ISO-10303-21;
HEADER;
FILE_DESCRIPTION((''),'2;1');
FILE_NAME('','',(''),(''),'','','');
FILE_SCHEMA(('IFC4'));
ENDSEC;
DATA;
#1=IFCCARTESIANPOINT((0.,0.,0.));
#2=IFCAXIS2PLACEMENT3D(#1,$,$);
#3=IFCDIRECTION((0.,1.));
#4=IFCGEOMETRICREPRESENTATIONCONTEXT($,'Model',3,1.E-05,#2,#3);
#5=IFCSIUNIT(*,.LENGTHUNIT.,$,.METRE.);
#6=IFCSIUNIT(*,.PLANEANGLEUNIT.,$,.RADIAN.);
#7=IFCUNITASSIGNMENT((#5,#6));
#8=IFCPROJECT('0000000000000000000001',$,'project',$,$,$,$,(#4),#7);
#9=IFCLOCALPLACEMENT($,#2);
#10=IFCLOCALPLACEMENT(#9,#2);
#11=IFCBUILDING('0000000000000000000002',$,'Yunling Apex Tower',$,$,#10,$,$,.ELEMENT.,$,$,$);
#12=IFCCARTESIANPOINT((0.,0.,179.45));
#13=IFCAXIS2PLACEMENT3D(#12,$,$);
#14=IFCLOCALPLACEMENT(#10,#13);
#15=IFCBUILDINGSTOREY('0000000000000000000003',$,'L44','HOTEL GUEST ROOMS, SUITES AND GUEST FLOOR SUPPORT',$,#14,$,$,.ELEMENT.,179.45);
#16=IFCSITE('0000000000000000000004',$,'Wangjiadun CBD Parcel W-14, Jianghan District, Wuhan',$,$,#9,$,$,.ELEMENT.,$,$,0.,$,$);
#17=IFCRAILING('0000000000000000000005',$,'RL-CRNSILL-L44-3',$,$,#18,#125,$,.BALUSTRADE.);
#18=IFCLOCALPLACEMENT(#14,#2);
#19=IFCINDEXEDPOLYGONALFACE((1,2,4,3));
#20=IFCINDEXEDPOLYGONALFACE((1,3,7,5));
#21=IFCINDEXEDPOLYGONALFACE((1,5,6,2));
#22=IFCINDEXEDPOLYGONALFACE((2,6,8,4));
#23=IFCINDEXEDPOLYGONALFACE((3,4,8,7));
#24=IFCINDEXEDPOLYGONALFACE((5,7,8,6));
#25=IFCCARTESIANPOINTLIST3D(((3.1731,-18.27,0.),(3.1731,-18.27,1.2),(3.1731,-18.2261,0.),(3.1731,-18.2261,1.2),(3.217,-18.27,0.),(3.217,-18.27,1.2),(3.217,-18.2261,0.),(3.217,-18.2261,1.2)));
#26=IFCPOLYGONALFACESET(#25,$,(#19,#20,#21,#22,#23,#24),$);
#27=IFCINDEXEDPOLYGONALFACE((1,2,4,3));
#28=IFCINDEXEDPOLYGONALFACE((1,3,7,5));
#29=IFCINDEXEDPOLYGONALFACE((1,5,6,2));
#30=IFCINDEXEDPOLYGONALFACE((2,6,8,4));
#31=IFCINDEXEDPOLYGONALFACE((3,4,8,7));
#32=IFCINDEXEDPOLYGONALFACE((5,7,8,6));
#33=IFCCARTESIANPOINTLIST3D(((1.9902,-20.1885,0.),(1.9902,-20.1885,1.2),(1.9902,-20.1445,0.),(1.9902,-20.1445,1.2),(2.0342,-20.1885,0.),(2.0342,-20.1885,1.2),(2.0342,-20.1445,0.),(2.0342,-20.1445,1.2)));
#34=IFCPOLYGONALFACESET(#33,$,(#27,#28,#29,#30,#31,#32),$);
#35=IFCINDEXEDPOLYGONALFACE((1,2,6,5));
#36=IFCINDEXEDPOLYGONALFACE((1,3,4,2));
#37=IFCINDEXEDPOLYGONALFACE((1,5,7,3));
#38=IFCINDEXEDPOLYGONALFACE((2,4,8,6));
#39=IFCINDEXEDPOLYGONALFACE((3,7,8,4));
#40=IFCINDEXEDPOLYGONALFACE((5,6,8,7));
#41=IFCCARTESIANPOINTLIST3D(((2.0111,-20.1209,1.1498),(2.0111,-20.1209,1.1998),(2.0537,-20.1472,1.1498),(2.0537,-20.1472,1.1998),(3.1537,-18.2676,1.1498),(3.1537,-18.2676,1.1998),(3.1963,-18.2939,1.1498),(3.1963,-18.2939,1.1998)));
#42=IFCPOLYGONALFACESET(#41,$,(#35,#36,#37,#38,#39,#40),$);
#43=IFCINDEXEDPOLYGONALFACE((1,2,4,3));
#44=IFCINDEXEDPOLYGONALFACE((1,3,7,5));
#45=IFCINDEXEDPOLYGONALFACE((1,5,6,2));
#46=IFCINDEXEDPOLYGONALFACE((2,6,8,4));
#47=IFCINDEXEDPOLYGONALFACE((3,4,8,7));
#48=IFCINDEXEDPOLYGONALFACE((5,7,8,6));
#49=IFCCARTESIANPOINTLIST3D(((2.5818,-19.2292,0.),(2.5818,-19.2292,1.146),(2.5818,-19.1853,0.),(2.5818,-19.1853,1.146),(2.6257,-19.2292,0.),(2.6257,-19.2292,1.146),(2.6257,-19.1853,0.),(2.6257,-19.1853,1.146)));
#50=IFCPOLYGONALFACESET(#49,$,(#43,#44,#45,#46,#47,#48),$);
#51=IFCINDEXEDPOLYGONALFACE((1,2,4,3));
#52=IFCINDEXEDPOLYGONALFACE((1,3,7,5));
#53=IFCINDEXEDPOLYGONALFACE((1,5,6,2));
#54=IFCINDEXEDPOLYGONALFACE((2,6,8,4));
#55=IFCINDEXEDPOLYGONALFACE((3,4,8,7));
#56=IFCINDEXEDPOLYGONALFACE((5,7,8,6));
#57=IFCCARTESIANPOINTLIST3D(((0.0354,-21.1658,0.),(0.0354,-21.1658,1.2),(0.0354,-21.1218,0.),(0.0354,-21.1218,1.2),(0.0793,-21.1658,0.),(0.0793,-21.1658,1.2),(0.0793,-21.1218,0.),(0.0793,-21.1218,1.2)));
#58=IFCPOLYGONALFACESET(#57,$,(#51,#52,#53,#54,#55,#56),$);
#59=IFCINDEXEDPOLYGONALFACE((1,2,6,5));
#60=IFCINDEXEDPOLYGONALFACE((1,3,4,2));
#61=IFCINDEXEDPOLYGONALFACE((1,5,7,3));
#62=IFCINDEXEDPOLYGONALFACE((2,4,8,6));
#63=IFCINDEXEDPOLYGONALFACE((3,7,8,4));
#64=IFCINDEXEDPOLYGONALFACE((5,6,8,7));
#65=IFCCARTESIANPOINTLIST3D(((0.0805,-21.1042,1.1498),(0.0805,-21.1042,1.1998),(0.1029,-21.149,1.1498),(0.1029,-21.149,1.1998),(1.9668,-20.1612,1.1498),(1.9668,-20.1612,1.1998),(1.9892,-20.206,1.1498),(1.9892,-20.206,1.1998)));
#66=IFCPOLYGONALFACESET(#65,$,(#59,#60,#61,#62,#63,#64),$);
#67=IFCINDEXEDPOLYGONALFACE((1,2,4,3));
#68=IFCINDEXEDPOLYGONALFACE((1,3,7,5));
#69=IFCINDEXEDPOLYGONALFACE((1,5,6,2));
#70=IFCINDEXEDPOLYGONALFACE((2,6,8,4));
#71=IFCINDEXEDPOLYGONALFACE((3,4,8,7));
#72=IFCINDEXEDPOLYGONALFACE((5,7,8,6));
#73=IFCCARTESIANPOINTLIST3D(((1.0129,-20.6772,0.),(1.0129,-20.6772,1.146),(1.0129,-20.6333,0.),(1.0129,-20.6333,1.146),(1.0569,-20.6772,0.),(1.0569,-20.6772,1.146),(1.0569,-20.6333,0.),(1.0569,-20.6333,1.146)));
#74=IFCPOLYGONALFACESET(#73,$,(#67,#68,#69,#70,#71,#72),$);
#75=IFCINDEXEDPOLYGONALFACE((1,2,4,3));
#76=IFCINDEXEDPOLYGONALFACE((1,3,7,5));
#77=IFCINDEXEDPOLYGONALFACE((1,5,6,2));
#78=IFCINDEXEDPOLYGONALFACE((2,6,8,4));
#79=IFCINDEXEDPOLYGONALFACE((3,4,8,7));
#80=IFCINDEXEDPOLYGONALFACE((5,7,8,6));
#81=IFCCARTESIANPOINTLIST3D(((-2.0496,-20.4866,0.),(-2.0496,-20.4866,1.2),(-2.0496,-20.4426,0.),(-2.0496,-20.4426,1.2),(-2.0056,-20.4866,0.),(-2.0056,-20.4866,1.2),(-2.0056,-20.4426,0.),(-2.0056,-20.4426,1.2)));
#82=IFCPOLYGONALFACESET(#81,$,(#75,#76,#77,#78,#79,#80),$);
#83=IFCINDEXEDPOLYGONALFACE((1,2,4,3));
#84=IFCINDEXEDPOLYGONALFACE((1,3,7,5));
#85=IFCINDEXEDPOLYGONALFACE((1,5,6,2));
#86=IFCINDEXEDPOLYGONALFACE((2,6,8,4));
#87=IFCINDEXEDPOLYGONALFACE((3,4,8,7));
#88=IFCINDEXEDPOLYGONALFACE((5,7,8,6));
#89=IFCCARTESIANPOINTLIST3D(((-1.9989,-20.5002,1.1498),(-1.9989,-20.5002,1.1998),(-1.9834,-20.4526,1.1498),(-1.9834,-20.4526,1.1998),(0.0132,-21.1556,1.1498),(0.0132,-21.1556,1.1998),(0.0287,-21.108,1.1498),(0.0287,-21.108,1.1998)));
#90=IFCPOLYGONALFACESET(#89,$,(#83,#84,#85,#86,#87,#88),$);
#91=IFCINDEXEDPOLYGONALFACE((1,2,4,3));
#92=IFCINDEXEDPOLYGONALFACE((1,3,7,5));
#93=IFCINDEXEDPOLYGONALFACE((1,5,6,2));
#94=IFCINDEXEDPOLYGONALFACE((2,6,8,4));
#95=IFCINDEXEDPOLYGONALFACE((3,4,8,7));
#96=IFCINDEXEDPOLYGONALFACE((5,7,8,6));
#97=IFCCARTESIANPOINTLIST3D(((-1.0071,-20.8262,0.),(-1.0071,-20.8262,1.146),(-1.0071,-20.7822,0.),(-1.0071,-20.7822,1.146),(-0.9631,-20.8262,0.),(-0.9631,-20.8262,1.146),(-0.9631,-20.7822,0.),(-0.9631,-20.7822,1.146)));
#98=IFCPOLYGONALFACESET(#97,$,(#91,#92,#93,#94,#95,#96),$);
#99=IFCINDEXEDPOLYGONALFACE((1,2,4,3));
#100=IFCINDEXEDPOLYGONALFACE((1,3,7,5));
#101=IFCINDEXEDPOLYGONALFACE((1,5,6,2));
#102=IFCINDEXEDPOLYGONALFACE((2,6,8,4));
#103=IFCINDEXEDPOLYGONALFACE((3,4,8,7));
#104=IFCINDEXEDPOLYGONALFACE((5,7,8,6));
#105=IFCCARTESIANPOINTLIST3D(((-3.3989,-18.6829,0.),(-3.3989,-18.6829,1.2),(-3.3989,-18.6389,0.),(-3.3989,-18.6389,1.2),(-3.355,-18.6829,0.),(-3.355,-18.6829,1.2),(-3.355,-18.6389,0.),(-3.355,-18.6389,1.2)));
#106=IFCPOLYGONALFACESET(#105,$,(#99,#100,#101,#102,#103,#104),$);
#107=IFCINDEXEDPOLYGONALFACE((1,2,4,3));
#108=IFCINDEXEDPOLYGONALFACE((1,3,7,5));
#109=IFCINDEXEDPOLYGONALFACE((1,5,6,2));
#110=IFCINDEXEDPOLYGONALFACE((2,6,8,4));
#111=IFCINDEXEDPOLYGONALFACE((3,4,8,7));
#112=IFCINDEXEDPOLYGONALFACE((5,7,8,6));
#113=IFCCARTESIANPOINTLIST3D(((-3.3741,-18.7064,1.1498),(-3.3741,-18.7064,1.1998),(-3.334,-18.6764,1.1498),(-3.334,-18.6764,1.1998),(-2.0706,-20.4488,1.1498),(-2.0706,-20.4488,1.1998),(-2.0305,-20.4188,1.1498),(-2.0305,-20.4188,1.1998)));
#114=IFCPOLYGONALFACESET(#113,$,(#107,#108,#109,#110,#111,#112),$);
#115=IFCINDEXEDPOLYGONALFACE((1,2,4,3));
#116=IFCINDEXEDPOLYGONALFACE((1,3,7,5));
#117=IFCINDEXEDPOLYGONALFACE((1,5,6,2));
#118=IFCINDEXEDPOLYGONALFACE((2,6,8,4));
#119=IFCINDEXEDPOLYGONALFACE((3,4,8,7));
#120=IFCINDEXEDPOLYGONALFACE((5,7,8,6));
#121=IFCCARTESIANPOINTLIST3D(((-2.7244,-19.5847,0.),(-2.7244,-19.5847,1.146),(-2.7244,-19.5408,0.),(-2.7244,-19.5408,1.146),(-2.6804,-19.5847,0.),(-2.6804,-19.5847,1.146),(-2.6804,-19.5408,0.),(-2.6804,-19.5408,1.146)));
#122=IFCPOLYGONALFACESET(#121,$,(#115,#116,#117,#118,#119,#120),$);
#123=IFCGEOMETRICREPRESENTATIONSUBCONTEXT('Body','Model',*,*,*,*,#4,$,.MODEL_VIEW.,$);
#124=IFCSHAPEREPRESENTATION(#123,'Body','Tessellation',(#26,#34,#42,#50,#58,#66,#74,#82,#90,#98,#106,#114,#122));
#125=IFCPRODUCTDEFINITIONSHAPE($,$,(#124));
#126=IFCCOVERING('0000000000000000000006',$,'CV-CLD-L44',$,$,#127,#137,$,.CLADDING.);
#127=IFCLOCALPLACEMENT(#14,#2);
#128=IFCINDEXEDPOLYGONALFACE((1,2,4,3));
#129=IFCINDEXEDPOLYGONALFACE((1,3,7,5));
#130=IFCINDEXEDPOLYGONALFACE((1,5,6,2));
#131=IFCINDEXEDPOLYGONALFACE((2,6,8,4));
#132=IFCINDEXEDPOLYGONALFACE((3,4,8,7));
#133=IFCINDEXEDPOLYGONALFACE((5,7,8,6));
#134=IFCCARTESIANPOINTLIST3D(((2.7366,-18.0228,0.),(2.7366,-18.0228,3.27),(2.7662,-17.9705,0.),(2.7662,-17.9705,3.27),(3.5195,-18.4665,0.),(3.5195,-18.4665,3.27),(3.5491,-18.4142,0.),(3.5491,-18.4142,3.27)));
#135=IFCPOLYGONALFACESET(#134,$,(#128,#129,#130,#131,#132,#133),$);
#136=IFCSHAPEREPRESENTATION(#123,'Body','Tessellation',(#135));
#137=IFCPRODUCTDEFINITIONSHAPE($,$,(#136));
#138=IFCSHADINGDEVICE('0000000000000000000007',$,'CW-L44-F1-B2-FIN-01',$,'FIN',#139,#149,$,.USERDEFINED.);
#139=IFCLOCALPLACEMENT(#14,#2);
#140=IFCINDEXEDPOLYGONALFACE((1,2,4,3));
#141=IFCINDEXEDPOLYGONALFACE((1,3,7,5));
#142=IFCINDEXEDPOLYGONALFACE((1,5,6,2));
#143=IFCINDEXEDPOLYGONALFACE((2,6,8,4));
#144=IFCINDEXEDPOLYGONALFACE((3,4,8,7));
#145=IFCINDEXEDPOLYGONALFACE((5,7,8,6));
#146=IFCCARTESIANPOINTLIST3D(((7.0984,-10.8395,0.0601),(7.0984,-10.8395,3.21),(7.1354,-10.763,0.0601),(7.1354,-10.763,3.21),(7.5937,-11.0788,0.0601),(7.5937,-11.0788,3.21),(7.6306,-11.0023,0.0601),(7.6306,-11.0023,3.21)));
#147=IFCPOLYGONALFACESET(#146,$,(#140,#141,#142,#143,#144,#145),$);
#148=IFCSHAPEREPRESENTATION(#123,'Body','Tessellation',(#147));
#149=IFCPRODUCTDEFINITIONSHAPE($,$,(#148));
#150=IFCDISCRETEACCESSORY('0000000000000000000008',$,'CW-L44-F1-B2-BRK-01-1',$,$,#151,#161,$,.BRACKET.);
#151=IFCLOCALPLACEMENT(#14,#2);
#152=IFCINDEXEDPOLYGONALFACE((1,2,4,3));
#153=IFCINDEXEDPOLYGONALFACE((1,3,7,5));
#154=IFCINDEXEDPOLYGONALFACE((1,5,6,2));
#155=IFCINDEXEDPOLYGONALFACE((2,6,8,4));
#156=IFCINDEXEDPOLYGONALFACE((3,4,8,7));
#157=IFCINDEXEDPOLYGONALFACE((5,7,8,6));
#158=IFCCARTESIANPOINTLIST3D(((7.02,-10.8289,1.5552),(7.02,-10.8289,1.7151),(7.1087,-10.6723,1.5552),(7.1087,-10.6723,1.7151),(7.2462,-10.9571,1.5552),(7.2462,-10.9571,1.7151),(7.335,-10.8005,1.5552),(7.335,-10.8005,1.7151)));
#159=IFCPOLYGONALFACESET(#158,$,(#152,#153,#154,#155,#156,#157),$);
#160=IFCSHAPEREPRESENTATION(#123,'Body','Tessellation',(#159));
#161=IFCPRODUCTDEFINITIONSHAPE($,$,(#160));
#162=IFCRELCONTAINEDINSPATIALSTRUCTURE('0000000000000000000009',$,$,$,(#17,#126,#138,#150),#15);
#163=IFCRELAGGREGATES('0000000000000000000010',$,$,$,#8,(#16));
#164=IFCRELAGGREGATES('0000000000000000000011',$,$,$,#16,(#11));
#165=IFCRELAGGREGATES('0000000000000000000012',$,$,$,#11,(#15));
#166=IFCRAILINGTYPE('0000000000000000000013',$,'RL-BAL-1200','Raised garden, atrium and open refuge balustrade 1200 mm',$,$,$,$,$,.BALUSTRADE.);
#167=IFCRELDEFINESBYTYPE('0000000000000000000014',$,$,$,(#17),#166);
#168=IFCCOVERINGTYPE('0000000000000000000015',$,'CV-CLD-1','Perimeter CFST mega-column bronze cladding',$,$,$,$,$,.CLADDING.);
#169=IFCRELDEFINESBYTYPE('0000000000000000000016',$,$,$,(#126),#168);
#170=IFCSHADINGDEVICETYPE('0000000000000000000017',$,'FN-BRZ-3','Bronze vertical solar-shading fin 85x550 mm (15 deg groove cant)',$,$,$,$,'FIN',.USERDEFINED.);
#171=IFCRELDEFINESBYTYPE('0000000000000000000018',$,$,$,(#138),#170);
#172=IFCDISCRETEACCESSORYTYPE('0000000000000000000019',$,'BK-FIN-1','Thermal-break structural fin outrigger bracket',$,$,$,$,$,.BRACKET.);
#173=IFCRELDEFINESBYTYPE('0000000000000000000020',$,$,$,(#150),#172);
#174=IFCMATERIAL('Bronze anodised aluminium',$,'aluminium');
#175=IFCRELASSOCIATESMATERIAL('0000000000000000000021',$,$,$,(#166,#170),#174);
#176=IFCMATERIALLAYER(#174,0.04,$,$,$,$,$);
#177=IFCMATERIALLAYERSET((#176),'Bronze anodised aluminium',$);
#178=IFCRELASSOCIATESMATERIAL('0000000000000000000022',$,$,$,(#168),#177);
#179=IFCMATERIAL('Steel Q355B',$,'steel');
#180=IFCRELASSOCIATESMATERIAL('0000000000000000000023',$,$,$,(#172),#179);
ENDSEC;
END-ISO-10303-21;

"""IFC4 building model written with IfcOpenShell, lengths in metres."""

from ifc_helpers import new_model, si_unit, direction, frame, origin, origin_2d, place, context, subcontext, project, spatial, rectangle, extrude, source, transform, mapped, material, layer, layer_set, material_profile, profile_set, type_object, element, save


model = new_model("IFC4")

# Units and contexts
model_context = context("Model", 3, precision=1e-05, world=origin(), true_north=direction((0.0, 1.0)))
body_context = subcontext(model_context, "Body", "Model", "MODEL_VIEW")
ifc_project = project(units=[si_unit("LENGTHUNIT", "METRE"), si_unit("PLANEANGLEUNIT", "RADIAN")], contexts=[model_context])

# Site, building, storey
site_placement = place(None, origin())
site = spatial("IfcSite", under=ifc_project, at=site_placement, Name="Wangjiadun CBD Parcel W-14, Jianghan District, Wuhan", CompositionType="ELEMENT", RefElevation=0.0)
building_placement = place(site_placement, origin())
building = spatial("IfcBuilding", under=site, at=building_placement, Name="Yunling Apex Tower", CompositionType="ELEMENT")
storey_placement = place(building_placement, frame((0.0, 0.0, 179.45)))
storey = spatial("IfcBuildingStorey", under=building, at=storey_placement, Name="L44", Description="HOTEL GUEST ROOMS, SUITES AND GUEST FLOOR SUPPORT", CompositionType="ELEMENT", Elevation=179.45)

# Shared definitions
ifc_material_1 = material(Name="Steel Q355B", Category="steel")

# Shared definitions
ifc_material_2 = material(Name="Bronze anodised aluminium", Category="aluminium")

# Railing
railing_type = type_object("IfcRailingType", Name="RL-BAL-1200", Description="Raised garden, atrium and open refuge balustrade 1200 mm", PredefinedType="BALUSTRADE", material=ifc_material_2)
railing_placement = place(storey_placement, frame((3.1951, -18.248, 0.0)))
element("IfcRailing", 1, at=railing_placement, inside=storey, type_object=railing_type, Name="RL-CRNSILL-L44-3", PredefinedType="BALUSTRADE", context=body_context, shape_type="SweptSolid", body=[
    extrude(rectangle(XDim=0.0439, YDim=0.0439, at=origin_2d()), origin(), (0.0, 0.0, 1.0), 1.2),
    extrude(rectangle(XDim=0.0439, YDim=0.0439, at=origin_2d()), frame((-1.1829, -1.9185, 0.0)), (0.0, 0.0, 1.0), 1.2),
    extrude(rectangle(XDim=0.05, YDim=0.05, at=origin_2d()), frame((-0.02, -0.0327, 1.1748), z_axis=(-0.524829, -0.851208, 0.0), x_axis=(0.851208, -0.524829, 0.0)), (0.0, 0.0, 1.0), 2.1772),
    extrude(rectangle(XDim=0.0439, YDim=0.0439, at=origin_2d()), frame((-0.5913, -0.9592, 0.0)), (0.0, 0.0, 1.0), 1.146),
    extrude(rectangle(XDim=0.0439, YDim=0.0439, at=origin_2d()), frame((-3.1377, -2.8958, 0.0)), (0.0, 0.0, 1.0), 1.2),
    extrude(rectangle(XDim=0.05, YDim=0.05, at=origin_2d()), frame((-1.217, -1.9355, 1.1748), z_axis=(-0.89445, -0.447169, 0.0), x_axis=(0.447169, -0.89445, 0.0)), (0.0, 0.0, 1.0), 2.1089),
    extrude(rectangle(XDim=0.0439, YDim=0.0439, at=origin_2d()), frame((-2.1602, -2.4072, 0.0)), (0.0, 0.0, 1.0), 1.146),
    extrude(rectangle(XDim=0.0439, YDim=0.0439, at=origin_2d()), frame((-5.2227, -2.2166, 0.0)), (0.0, 0.0, 1.0), 1.2),
    extrude(rectangle(XDim=0.05, YDim=0.05, at=origin_2d()), frame((-3.1741, -2.8838, 1.1748), z_axis=(-0.950821, 0.309741, 0.0), x_axis=(-0.309741, -0.950821, 0.0)), (0.0, 0.0, 1.0), 2.1162),
    extrude(rectangle(XDim=0.0439, YDim=0.0439, at=origin_2d()), frame((-4.1802, -2.5562, 0.0)), (0.0, 0.0, 1.0), 1.146),
    extrude(rectangle(XDim=0.0439, YDim=0.0439, at=origin_2d()), frame((-6.572, -0.4128, 0.0)), (0.0, 0.0, 1.0), 1.2),
    extrude(rectangle(XDim=0.05, YDim=0.05, at=origin_2d()), frame((-5.2456, -2.1858, 1.1748), z_axis=(-0.599028, 0.800728, 0.0), x_axis=(-0.800728, -0.599028, 0.0)), (0.0, 0.0, 1.0), 2.176),
    extrude(rectangle(XDim=0.0439, YDim=0.0439, at=origin_2d()), frame((-5.8975, -1.3147, 0.0)), (0.0, 0.0, 1.0), 1.146),
])

# Covering
ifc_layer_1 = layer(ifc_material_2, 0.04)
ifc_layer_set_1 = layer_set([ifc_layer_1], Name="Bronze anodised aluminium")
covering_type = type_object("IfcCoveringType", Name="CV-CLD-1", Description="Perimeter CFST mega-column bronze cladding", PredefinedType="CLADDING", material=ifc_layer_set_1)
shared_shape_1 = source(origin(), body_context, "Body", "SweptSolid", [
    extrude(rectangle(XDim=0.0601, YDim=0.8999, at=origin_2d()), origin(), (0.0, 0.0, 1.0), 3.27),
])
covering_placement = place(storey_placement, frame((3.1428, -18.2185, 0.0), z_axis=(0.0, 0.0, 1.0), x_axis=(0.493031, 0.870012, 0.0)))
element("IfcCovering", 2, at=covering_placement, inside=storey, type_object=covering_type, Name="CV-CLD-L44", PredefinedType="CLADDING", context=body_context, shape_type="MappedRepresentation", body=[
    mapped(shared_shape_1, transform((0.0, 0.0, 0.0), scale=1.0)),
])

# Shading device
ifc_material_profile_1 = material_profile(ifc_material_2, rectangle(XDim=0.085, YDim=0.55, at=origin_2d()))
ifc_profile_set_1 = profile_set([ifc_material_profile_1], Name="Bronze anodised aluminium")
shading_device_type = type_object("IfcShadingDeviceType", Name="FN-BRZ-3", Description="Bronze vertical solar-shading fin 85x550 mm (15 deg groove cant)", ElementType="FIN", PredefinedType="USERDEFINED", material=ifc_profile_set_1)
shared_shape_2 = source(origin(), body_context, "Body", "SweptSolid", [
    extrude(rectangle(XDim=0.085, YDim=0.55, at=origin_2d()), origin(), (0.0, 0.0, 1.0), 3.1499),
])
shading_device_placement = place(storey_placement, frame((7.3645, -10.9209, 0.0601), z_axis=(0.0, 0.0, 1.0), x_axis=(0.435074, 0.900395, 0.0)))
element("IfcShadingDevice", 3, at=shading_device_placement, inside=storey, type_object=shading_device_type, Name="CW-L44-F1-B2-FIN-01", ObjectType="FIN", PredefinedType="USERDEFINED", context=body_context, shape_type="MappedRepresentation", body=[
    mapped(shared_shape_2, transform((0.0, 0.0, 0.0), scale=1.0)),
])

# Discrete accessory
discrete_accessory_type = type_object("IfcDiscreteAccessoryType", Name="BK-FIN-1", Description="Thermal-break structural fin outrigger bracket", PredefinedType="BRACKET", material=ifc_material_1)
shared_shape_3 = source(origin(), body_context, "Body", "SweptSolid", [
    extrude(rectangle(XDim=0.1799, YDim=0.26, at=origin_2d()), origin(), (0.0, 0.0, 1.0), 0.1599),
])
discrete_accessory_placement = place(storey_placement, frame((7.1775, -10.8147, 1.5552), z_axis=(0.0, 0.0, 1.0), x_axis=(0.493031, 0.870012, 0.0)))
element("IfcDiscreteAccessory", 4, at=discrete_accessory_placement, inside=storey, type_object=discrete_accessory_type, Name="CW-L44-F1-B2-BRK-01-1", PredefinedType="BRACKET", context=body_context, shape_type="MappedRepresentation", body=[
    mapped(shared_shape_3, transform((0.0, 0.0, 0.0), scale=1.0)),
])

save(model, "model.ifc")
